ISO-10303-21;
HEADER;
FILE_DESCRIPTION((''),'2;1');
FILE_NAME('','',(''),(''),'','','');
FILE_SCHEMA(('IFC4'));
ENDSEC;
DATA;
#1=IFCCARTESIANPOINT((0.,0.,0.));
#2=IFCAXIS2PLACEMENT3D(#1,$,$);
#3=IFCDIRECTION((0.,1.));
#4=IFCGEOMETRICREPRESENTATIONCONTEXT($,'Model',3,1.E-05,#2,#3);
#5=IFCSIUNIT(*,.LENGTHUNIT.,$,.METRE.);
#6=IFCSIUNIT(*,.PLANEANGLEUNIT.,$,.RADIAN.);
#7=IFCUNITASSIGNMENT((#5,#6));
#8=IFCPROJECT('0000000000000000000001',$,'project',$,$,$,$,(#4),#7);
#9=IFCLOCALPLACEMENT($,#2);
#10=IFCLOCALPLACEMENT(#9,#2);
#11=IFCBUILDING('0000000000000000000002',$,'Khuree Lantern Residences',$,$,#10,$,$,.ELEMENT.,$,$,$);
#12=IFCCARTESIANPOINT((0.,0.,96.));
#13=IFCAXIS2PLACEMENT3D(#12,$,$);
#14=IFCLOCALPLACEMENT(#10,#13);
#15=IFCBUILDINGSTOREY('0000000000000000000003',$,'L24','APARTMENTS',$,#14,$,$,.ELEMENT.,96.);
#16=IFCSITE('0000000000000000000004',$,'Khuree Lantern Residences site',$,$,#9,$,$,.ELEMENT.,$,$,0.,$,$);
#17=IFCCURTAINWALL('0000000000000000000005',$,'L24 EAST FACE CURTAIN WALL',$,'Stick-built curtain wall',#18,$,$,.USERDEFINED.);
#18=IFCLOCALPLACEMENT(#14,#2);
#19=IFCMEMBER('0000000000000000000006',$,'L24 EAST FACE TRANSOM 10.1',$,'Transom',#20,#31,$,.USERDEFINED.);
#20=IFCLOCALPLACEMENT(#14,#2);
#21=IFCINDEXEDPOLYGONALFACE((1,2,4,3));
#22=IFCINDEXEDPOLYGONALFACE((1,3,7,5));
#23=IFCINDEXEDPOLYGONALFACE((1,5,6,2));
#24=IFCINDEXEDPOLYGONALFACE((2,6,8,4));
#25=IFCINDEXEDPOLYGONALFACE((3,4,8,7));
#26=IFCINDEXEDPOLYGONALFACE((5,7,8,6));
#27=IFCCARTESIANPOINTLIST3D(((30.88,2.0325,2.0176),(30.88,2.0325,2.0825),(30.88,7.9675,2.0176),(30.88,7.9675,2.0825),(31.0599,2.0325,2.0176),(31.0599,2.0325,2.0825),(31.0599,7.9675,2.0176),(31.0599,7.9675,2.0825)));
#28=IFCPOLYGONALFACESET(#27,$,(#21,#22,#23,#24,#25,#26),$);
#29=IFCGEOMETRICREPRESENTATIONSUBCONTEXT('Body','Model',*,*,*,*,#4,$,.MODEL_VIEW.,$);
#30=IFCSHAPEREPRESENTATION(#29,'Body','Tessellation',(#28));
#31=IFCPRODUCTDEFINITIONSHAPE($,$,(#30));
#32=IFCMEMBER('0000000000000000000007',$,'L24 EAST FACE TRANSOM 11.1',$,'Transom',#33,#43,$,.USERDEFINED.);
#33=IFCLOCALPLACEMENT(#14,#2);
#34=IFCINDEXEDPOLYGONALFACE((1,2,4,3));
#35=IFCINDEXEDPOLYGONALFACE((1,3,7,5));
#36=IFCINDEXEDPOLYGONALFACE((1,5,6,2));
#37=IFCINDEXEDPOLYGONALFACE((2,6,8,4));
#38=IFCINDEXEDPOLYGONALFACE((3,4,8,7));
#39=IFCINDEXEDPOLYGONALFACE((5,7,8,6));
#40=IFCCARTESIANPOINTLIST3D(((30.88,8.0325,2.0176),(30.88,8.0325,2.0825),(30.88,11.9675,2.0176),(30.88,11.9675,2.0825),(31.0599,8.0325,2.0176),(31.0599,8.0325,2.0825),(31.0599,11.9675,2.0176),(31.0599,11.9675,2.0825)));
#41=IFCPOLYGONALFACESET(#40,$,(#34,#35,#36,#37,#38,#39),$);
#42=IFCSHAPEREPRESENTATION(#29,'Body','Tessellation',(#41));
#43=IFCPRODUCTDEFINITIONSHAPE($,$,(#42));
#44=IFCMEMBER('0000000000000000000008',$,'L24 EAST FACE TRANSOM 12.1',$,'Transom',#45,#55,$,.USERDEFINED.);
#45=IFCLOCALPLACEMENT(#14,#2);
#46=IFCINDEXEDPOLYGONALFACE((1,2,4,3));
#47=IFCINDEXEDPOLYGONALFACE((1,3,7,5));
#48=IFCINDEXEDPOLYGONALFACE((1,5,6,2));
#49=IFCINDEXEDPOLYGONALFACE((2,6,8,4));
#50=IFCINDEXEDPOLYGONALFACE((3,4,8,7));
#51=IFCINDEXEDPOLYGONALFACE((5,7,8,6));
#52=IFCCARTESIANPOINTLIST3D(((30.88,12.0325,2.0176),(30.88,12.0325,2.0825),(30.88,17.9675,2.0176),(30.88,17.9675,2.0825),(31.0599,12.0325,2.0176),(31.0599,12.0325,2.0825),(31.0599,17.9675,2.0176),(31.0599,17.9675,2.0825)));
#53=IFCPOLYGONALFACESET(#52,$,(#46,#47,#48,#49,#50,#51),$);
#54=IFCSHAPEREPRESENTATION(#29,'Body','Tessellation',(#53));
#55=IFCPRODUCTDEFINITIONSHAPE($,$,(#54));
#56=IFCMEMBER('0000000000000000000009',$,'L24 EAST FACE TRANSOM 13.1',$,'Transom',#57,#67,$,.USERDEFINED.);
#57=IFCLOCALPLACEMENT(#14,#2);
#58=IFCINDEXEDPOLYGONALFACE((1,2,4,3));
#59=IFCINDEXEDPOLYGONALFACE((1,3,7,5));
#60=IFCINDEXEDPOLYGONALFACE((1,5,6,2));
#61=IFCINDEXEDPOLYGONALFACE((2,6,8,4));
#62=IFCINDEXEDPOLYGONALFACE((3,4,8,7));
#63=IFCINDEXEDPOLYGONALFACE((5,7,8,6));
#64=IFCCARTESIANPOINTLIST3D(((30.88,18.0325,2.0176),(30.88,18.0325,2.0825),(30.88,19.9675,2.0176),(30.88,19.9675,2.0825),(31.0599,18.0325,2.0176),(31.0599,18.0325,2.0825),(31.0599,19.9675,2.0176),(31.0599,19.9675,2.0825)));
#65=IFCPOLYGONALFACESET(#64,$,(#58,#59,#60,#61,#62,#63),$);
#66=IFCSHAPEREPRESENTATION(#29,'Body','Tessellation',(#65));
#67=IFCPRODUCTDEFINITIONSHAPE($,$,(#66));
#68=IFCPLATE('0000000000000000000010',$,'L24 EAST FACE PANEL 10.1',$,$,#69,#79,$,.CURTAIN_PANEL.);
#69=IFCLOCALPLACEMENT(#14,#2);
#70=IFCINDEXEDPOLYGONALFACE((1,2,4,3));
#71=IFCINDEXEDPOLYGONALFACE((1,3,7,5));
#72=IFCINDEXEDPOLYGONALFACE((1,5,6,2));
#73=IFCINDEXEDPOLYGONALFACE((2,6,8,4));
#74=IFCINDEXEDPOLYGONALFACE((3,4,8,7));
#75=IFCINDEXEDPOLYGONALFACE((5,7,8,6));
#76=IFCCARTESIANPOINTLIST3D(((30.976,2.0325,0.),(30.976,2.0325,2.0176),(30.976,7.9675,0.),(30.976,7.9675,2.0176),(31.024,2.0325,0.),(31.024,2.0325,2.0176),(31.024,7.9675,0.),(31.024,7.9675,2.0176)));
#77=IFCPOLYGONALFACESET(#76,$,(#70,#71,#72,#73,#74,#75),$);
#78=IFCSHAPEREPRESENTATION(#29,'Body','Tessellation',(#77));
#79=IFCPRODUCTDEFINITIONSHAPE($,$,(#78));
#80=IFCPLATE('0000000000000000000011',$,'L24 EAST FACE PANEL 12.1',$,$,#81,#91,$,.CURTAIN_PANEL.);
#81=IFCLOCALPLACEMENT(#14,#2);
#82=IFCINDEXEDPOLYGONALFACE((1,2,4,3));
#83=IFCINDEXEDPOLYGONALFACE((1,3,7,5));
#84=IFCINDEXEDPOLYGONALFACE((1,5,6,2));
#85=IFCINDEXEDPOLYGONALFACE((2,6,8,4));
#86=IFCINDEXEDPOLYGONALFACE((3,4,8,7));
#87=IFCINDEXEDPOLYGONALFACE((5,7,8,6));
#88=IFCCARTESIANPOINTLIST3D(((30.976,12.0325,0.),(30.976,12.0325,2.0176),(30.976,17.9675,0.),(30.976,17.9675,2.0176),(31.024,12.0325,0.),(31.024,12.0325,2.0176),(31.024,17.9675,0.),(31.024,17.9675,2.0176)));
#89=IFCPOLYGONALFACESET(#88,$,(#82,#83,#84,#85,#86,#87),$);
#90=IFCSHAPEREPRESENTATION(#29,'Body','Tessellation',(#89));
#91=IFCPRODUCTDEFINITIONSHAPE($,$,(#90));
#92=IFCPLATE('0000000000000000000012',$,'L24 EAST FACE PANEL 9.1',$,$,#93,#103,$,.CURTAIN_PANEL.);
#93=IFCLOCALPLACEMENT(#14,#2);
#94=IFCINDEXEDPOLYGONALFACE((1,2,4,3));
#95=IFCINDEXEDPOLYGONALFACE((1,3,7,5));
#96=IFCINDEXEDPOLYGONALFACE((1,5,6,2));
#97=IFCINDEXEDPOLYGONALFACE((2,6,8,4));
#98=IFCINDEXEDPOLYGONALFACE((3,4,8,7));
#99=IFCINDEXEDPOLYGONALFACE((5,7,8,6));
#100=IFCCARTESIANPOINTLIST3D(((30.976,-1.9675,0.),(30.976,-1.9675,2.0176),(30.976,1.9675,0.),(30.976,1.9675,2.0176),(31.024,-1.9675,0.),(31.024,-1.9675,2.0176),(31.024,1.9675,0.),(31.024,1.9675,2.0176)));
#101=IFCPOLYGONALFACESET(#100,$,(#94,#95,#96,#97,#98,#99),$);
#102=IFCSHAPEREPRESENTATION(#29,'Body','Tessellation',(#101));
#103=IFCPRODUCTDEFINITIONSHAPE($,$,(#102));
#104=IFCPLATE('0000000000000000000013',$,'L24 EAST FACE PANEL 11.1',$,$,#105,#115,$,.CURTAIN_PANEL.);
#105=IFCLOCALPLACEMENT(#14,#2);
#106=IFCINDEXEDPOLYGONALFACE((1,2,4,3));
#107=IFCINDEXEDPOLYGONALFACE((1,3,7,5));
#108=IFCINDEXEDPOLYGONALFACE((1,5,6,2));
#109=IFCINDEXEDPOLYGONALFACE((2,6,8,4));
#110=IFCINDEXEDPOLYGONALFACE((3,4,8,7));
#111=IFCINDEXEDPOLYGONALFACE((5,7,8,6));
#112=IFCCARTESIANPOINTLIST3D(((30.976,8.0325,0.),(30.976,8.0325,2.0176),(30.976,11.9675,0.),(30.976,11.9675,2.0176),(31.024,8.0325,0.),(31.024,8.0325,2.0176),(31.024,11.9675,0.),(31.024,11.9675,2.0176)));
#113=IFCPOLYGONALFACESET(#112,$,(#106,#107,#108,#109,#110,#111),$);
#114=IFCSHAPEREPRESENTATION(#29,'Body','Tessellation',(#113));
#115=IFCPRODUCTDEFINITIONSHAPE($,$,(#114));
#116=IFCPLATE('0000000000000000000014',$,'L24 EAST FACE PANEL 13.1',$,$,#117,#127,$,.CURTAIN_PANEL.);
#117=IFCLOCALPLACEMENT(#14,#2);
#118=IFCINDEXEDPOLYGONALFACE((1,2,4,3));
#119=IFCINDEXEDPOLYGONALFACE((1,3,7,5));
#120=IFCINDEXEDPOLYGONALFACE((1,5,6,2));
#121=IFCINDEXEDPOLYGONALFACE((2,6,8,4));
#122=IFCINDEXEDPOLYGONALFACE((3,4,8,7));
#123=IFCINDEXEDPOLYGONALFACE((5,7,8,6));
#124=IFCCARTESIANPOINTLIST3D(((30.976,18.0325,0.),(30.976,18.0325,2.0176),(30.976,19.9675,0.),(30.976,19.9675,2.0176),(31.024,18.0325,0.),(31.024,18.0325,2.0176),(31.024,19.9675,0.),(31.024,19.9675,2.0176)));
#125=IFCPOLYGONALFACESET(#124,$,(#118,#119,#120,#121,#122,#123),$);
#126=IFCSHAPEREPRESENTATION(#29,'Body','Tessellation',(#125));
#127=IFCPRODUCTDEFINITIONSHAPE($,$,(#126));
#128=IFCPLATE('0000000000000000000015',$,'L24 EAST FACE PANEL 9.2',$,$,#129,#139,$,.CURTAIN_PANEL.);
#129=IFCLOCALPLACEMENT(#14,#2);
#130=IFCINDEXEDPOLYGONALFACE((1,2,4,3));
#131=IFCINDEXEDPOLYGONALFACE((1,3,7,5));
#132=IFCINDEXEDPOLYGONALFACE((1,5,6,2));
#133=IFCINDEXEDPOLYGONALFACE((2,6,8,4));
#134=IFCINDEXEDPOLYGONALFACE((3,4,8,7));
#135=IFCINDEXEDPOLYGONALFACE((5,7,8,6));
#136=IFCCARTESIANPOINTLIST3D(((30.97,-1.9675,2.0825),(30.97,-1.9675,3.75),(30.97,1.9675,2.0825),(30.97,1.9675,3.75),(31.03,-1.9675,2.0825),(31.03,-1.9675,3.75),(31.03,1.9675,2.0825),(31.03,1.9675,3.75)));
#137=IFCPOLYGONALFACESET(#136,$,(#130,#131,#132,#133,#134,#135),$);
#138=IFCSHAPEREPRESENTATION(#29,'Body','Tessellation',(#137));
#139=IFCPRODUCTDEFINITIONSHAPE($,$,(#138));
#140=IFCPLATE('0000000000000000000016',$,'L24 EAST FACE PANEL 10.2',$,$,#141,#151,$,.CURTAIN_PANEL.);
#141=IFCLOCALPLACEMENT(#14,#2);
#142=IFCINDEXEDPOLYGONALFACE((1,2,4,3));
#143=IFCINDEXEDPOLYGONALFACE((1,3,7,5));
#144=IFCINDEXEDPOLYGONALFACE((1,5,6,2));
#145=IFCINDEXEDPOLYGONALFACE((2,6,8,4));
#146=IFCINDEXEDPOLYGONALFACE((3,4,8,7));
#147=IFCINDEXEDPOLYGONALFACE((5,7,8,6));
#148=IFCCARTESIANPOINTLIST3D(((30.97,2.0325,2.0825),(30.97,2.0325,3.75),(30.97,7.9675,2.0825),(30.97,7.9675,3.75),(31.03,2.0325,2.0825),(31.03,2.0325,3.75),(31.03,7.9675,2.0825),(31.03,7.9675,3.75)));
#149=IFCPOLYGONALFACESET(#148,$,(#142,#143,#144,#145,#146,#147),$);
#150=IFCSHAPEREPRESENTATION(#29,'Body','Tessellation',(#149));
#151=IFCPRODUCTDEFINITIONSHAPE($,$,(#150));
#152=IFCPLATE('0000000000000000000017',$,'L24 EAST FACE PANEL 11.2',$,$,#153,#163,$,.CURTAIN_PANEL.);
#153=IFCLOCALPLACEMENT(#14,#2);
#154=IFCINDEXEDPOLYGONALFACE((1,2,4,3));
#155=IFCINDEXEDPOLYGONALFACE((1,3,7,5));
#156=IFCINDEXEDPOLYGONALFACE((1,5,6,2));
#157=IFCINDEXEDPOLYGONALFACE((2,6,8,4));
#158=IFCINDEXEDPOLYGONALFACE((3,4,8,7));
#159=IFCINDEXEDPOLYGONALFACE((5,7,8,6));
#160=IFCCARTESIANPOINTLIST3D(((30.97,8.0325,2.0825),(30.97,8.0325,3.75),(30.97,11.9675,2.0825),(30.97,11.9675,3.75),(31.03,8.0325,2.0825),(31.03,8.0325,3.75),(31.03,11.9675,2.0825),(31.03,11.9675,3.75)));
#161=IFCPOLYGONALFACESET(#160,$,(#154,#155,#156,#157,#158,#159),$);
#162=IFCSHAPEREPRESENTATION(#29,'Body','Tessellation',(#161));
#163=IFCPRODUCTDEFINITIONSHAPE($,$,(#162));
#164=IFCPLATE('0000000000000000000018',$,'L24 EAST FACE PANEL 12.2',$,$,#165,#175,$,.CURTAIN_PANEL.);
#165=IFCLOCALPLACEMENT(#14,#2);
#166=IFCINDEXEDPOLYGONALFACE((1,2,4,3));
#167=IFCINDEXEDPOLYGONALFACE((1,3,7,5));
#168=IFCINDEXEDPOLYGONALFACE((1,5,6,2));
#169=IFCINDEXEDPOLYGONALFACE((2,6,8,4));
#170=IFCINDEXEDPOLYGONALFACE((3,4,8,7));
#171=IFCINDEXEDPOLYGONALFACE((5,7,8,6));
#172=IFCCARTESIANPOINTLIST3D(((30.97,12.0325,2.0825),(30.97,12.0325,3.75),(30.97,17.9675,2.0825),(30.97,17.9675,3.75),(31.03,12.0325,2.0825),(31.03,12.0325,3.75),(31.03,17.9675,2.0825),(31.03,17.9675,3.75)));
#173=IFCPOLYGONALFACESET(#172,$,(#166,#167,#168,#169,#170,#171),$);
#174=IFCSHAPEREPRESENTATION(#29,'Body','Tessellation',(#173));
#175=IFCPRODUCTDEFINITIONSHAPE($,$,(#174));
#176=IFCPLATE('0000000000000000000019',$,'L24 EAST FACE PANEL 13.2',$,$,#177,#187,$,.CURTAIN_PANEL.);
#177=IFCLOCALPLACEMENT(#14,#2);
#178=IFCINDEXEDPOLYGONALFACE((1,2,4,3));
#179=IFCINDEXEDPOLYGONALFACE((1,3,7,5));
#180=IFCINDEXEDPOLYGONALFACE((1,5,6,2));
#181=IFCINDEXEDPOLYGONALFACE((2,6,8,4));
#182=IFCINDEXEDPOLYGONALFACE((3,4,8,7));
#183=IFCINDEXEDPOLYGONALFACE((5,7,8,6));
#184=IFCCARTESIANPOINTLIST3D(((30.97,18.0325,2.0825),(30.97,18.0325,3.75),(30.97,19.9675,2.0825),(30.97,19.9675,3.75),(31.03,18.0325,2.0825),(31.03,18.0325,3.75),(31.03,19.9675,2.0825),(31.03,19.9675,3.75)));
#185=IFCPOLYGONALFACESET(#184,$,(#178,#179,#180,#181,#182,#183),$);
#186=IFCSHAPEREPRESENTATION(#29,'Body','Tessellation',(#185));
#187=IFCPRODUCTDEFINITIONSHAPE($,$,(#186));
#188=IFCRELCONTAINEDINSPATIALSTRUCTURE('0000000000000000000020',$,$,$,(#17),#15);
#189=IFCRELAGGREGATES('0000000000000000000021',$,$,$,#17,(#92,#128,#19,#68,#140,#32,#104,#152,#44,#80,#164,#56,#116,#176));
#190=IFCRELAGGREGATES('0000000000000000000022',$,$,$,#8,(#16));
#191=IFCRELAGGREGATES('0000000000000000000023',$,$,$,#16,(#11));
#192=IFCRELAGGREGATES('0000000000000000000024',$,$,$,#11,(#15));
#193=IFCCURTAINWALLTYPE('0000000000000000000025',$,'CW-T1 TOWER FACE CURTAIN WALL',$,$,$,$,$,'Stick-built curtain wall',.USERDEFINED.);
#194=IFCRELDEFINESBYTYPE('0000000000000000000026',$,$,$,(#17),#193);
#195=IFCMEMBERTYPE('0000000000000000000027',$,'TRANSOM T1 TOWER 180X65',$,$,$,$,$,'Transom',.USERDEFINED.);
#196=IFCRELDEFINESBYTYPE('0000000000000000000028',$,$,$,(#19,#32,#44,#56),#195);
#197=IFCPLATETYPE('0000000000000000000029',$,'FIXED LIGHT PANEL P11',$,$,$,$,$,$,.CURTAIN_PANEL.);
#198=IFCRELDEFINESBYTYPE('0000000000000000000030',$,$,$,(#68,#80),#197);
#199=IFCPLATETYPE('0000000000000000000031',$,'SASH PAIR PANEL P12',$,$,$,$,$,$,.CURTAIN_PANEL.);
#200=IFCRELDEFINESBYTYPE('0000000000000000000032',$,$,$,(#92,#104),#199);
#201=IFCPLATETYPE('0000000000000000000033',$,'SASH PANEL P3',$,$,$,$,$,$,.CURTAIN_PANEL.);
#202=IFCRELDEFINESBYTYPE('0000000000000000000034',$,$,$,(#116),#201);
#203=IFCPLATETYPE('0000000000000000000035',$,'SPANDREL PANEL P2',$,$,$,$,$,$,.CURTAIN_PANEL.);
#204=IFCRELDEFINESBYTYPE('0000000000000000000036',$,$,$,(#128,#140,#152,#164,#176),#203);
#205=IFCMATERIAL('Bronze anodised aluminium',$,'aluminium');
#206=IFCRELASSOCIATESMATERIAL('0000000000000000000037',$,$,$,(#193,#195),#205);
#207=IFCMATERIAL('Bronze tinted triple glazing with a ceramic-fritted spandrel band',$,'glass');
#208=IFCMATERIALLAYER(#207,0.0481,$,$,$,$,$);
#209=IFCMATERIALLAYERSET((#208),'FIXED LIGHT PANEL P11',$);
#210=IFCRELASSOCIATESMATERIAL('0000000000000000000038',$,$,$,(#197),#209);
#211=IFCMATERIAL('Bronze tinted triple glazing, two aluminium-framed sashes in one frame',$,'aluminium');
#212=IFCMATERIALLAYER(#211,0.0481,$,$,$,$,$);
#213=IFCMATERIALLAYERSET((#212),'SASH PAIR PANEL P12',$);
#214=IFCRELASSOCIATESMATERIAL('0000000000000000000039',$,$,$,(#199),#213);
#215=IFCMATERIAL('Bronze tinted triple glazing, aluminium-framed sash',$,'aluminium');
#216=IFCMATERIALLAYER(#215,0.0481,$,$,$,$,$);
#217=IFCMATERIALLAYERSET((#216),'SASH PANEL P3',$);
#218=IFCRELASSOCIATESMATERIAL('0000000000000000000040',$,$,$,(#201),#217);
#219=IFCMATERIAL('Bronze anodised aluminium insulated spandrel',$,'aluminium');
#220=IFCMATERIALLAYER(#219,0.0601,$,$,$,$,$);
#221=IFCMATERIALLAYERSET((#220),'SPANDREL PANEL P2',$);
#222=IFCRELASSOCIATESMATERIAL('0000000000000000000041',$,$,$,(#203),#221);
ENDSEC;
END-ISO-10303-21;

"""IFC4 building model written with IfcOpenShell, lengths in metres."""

from ifc_helpers import new_model, si_unit, direction, frame, origin, origin_2d, place, context, subcontext, project, spatial, rectangle, extrude, material, layer, layer_set, material_profile, profile_set, type_object, element, aggregate, save


model = new_model("IFC4")

# Units and contexts
model_context = context("Model", 3, precision=1e-05, world=origin(), true_north=direction((0.0, 1.0)))
body_context = subcontext(model_context, "Body", "Model", "MODEL_VIEW")
ifc_project = project(units=[si_unit("LENGTHUNIT", "METRE"), si_unit("PLANEANGLEUNIT", "RADIAN")], contexts=[model_context])

# Site, building, storey
site_placement = place(None, origin())
site = spatial("IfcSite", under=ifc_project, at=site_placement, Name="Khuree Lantern Residences site", CompositionType="ELEMENT", RefElevation=0.0)
building_placement = place(site_placement, origin())
building = spatial("IfcBuilding", under=site, at=building_placement, Name="Khuree Lantern Residences", CompositionType="ELEMENT")
storey_placement = place(building_placement, frame((0.0, 0.0, 96.0)))
storey = spatial("IfcBuildingStorey", under=building, at=storey_placement, Name="L24", Description="APARTMENTS", CompositionType="ELEMENT", Elevation=96.0)

# Curtain wall
ifc_material_1 = material(Name="Bronze anodised aluminium", Category="aluminium")
curtain_wall_type = type_object("IfcCurtainWallType", Name="CW-T1 TOWER FACE CURTAIN WALL", ElementType="Stick-built curtain wall", PredefinedType="USERDEFINED", material=ifc_material_1)
curtain_wall_placement = place(storey_placement, origin())
curtain_wall = element("IfcCurtainWall", 1, at=curtain_wall_placement, inside=storey, type_object=curtain_wall_type, Name="L24 EAST FACE CURTAIN WALL", ObjectType="Stick-built curtain wall", PredefinedType="USERDEFINED")

# Members
ifc_material_profile_1 = material_profile(ifc_material_1, rectangle(XDim=0.1799, YDim=0.0649, at=origin_2d()), Name="T1 180X65")
ifc_profile_set_1 = profile_set([ifc_material_profile_1], Name="Bronze anodised aluminium")
member_type_1 = type_object("IfcMemberType", Name="TRANSOM T1 TOWER 180X65", ElementType="Transom", PredefinedType="USERDEFINED", material=ifc_profile_set_1)
member_1_placement = place(storey_placement, frame((30.97, 2.0325, 2.05), z_axis=(0.0, 1.0, 0.0), x_axis=(-1.0, 0.0, 0.0)))
member_1 = element("IfcMember", 2, at=member_1_placement, type_object=member_type_1, Name="L24 EAST FACE TRANSOM 10.1", ObjectType="Transom", PredefinedType="USERDEFINED", context=body_context, shape_type="SweptSolid", body=[
    extrude(rectangle(XDim=0.1799, YDim=0.0649, at=origin_2d()), origin(), (0.0, 0.0, 1.0), 5.9351),
])
member_2_placement = place(storey_placement, frame((30.97, 8.0325, 2.05), z_axis=(0.0, 1.0, 0.0), x_axis=(-1.0, 0.0, 0.0)))
member_2 = element("IfcMember", 3, at=member_2_placement, type_object=member_type_1, Name="L24 EAST FACE TRANSOM 11.1", ObjectType="Transom", PredefinedType="USERDEFINED", context=body_context, shape_type="SweptSolid", body=[
    extrude(rectangle(XDim=0.1799, YDim=0.0649, at=origin_2d()), origin(), (0.0, 0.0, 1.0), 3.9351),
])
member_3_placement = place(storey_placement, frame((30.97, 12.0325, 2.05), z_axis=(0.0, 1.0, 0.0), x_axis=(-1.0, 0.0, 0.0)))
member_3 = element("IfcMember", 4, at=member_3_placement, type_object=member_type_1, Name="L24 EAST FACE TRANSOM 12.1", ObjectType="Transom", PredefinedType="USERDEFINED", context=body_context, shape_type="SweptSolid", body=[
    extrude(rectangle(XDim=0.1799, YDim=0.0649, at=origin_2d()), origin(), (0.0, 0.0, 1.0), 5.9351),
])
member_4_placement = place(storey_placement, frame((30.97, 18.0325, 2.05), z_axis=(0.0, 1.0, 0.0), x_axis=(-1.0, 0.0, 0.0)))
member_4 = element("IfcMember", 5, at=member_4_placement, type_object=member_type_1, Name="L24 EAST FACE TRANSOM 13.1", ObjectType="Transom", PredefinedType="USERDEFINED", context=body_context, shape_type="SweptSolid", body=[
    extrude(rectangle(XDim=0.1799, YDim=0.0649, at=origin_2d()), origin(), (0.0, 0.0, 1.0), 1.9351),
])

# Plates
ifc_material_2 = material(Name="Bronze tinted triple glazing with a ceramic-fritted spandrel band", Category="glass")
ifc_layer_1 = layer(ifc_material_2, 0.0481)
ifc_layer_set_1 = layer_set([ifc_layer_1], Name="FIXED LIGHT PANEL P11")
plate_type_1 = type_object("IfcPlateType", Name="FIXED LIGHT PANEL P11", PredefinedType="CURTAIN_PANEL", material=ifc_layer_set_1)
plate_1_placement = place(storey_placement, frame((31.0, 5.0, 0.0), z_axis=(0.0, 0.0, 1.0), x_axis=(0.0, 1.0, 0.0)))
plate_1 = element("IfcPlate", 6, at=plate_1_placement, type_object=plate_type_1, Name="L24 EAST FACE PANEL 10.1", PredefinedType="CURTAIN_PANEL", context=body_context, shape_type="SweptSolid", body=[
    extrude(rectangle(XDim=5.9351, YDim=0.0481, at=origin_2d()), origin(), (0.0, 0.0, 1.0), 2.0176),
])
plate_2_placement = place(storey_placement, frame((31.0, 15.0, 0.0), z_axis=(0.0, 0.0, 1.0), x_axis=(0.0, 1.0, 0.0)))
plate_2 = element("IfcPlate", 7, at=plate_2_placement, type_object=plate_type_1, Name="L24 EAST FACE PANEL 12.1", PredefinedType="CURTAIN_PANEL", context=body_context, shape_type="SweptSolid", body=[
    extrude(rectangle(XDim=5.9351, YDim=0.0481, at=origin_2d()), origin(), (0.0, 0.0, 1.0), 2.0176),
])
ifc_material_3 = material(Name="Bronze tinted triple glazing, two aluminium-framed sashes in one frame", Category="aluminium")
ifc_layer_2 = layer(ifc_material_3, 0.0481)
ifc_layer_set_2 = layer_set([ifc_layer_2], Name="SASH PAIR PANEL P12")
plate_type_2 = type_object("IfcPlateType", Name="SASH PAIR PANEL P12", PredefinedType="CURTAIN_PANEL", material=ifc_layer_set_2)
plate_3_placement = place(storey_placement, frame((31.0, 0.0, 0.0), z_axis=(0.0, 0.0, 1.0), x_axis=(0.0, 1.0, 0.0)))
plate_3 = element("IfcPlate", 8, at=plate_3_placement, type_object=plate_type_2, Name="L24 EAST FACE PANEL 9.1", PredefinedType="CURTAIN_PANEL", context=body_context, shape_type="SweptSolid", body=[
    extrude(rectangle(XDim=3.9351, YDim=0.0481, at=origin_2d()), origin(), (0.0, 0.0, 1.0), 2.0176),
])
plate_4_placement = place(storey_placement, frame((31.0, 10.0, 0.0), z_axis=(0.0, 0.0, 1.0), x_axis=(0.0, 1.0, 0.0)))
plate_4 = element("IfcPlate", 9, at=plate_4_placement, type_object=plate_type_2, Name="L24 EAST FACE PANEL 11.1", PredefinedType="CURTAIN_PANEL", context=body_context, shape_type="SweptSolid", body=[
    extrude(rectangle(XDim=3.9351, YDim=0.0481, at=origin_2d()), origin(), (0.0, 0.0, 1.0), 2.0176),
])
ifc_material_4 = material(Name="Bronze tinted triple glazing, aluminium-framed sash", Category="aluminium")
ifc_layer_3 = layer(ifc_material_4, 0.0481)
ifc_layer_set_3 = layer_set([ifc_layer_3], Name="SASH PANEL P3")
plate_type_3 = type_object("IfcPlateType", Name="SASH PANEL P3", PredefinedType="CURTAIN_PANEL", material=ifc_layer_set_3)
plate_5_placement = place(storey_placement, frame((31.0, 19.0, 0.0), z_axis=(0.0, 0.0, 1.0), x_axis=(0.0, 1.0, 0.0)))
plate_5 = element("IfcPlate", 10, at=plate_5_placement, type_object=plate_type_3, Name="L24 EAST FACE PANEL 13.1", PredefinedType="CURTAIN_PANEL", context=body_context, shape_type="SweptSolid", body=[
    extrude(rectangle(XDim=1.9351, YDim=0.0481, at=origin_2d()), origin(), (0.0, 0.0, 1.0), 2.0176),
])
ifc_material_5 = material(Name="Bronze anodised aluminium insulated spandrel", Category="aluminium")
ifc_layer_4 = layer(ifc_material_5, 0.0601)
ifc_layer_set_4 = layer_set([ifc_layer_4], Name="SPANDREL PANEL P2")
plate_type_4 = type_object("IfcPlateType", Name="SPANDREL PANEL P2", PredefinedType="CURTAIN_PANEL", material=ifc_layer_set_4)
plate_6_placement = place(storey_placement, frame((31.0, 0.0, 2.0825), z_axis=(0.0, 0.0, 1.0), x_axis=(0.0, 1.0, 0.0)))
plate_6 = element("IfcPlate", 11, at=plate_6_placement, type_object=plate_type_4, Name="L24 EAST FACE PANEL 9.2", PredefinedType="CURTAIN_PANEL", context=body_context, shape_type="SweptSolid", body=[
    extrude(rectangle(XDim=3.9351, YDim=0.0601, at=origin_2d()), origin(), (0.0, 0.0, 1.0), 1.6675),
])
plate_7_placement = place(storey_placement, frame((31.0, 5.0, 2.0825), z_axis=(0.0, 0.0, 1.0), x_axis=(0.0, 1.0, 0.0)))
plate_7 = element("IfcPlate", 12, at=plate_7_placement, type_object=plate_type_4, Name="L24 EAST FACE PANEL 10.2", PredefinedType="CURTAIN_PANEL", context=body_context, shape_type="SweptSolid", body=[
    extrude(rectangle(XDim=5.9351, YDim=0.0601, at=origin_2d()), origin(), (0.0, 0.0, 1.0), 1.6675),
])
plate_8_placement = place(storey_placement, frame((31.0, 10.0, 2.0825), z_axis=(0.0, 0.0, 1.0), x_axis=(0.0, 1.0, 0.0)))
plate_8 = element("IfcPlate", 13, at=plate_8_placement, type_object=plate_type_4, Name="L24 EAST FACE PANEL 11.2", PredefinedType="CURTAIN_PANEL", context=body_context, shape_type="SweptSolid", body=[
    extrude(rectangle(XDim=3.9351, YDim=0.0601, at=origin_2d()), origin(), (0.0, 0.0, 1.0), 1.6675),
])
plate_9_placement = place(storey_placement, frame((31.0, 15.0, 2.0825), z_axis=(0.0, 0.0, 1.0), x_axis=(0.0, 1.0, 0.0)))
plate_9 = element("IfcPlate", 14, at=plate_9_placement, type_object=plate_type_4, Name="L24 EAST FACE PANEL 12.2", PredefinedType="CURTAIN_PANEL", context=body_context, shape_type="SweptSolid", body=[
    extrude(rectangle(XDim=5.9351, YDim=0.0601, at=origin_2d()), origin(), (0.0, 0.0, 1.0), 1.6675),
])
plate_10_placement = place(storey_placement, frame((31.0, 19.0, 2.0825), z_axis=(0.0, 0.0, 1.0), x_axis=(0.0, 1.0, 0.0)))
plate_10 = element("IfcPlate", 15, at=plate_10_placement, type_object=plate_type_4, Name="L24 EAST FACE PANEL 13.2", PredefinedType="CURTAIN_PANEL", context=body_context, shape_type="SweptSolid", body=[
    extrude(rectangle(XDim=1.9351, YDim=0.0601, at=origin_2d()), origin(), (0.0, 0.0, 1.0), 1.6675),
])
aggregate(curtain_wall, [plate_3, plate_6, member_1, plate_1, plate_7, member_2, plate_4, plate_8, member_3, plate_2, plate_9, member_4, plate_5, plate_10])

save(model, "model.ifc")
